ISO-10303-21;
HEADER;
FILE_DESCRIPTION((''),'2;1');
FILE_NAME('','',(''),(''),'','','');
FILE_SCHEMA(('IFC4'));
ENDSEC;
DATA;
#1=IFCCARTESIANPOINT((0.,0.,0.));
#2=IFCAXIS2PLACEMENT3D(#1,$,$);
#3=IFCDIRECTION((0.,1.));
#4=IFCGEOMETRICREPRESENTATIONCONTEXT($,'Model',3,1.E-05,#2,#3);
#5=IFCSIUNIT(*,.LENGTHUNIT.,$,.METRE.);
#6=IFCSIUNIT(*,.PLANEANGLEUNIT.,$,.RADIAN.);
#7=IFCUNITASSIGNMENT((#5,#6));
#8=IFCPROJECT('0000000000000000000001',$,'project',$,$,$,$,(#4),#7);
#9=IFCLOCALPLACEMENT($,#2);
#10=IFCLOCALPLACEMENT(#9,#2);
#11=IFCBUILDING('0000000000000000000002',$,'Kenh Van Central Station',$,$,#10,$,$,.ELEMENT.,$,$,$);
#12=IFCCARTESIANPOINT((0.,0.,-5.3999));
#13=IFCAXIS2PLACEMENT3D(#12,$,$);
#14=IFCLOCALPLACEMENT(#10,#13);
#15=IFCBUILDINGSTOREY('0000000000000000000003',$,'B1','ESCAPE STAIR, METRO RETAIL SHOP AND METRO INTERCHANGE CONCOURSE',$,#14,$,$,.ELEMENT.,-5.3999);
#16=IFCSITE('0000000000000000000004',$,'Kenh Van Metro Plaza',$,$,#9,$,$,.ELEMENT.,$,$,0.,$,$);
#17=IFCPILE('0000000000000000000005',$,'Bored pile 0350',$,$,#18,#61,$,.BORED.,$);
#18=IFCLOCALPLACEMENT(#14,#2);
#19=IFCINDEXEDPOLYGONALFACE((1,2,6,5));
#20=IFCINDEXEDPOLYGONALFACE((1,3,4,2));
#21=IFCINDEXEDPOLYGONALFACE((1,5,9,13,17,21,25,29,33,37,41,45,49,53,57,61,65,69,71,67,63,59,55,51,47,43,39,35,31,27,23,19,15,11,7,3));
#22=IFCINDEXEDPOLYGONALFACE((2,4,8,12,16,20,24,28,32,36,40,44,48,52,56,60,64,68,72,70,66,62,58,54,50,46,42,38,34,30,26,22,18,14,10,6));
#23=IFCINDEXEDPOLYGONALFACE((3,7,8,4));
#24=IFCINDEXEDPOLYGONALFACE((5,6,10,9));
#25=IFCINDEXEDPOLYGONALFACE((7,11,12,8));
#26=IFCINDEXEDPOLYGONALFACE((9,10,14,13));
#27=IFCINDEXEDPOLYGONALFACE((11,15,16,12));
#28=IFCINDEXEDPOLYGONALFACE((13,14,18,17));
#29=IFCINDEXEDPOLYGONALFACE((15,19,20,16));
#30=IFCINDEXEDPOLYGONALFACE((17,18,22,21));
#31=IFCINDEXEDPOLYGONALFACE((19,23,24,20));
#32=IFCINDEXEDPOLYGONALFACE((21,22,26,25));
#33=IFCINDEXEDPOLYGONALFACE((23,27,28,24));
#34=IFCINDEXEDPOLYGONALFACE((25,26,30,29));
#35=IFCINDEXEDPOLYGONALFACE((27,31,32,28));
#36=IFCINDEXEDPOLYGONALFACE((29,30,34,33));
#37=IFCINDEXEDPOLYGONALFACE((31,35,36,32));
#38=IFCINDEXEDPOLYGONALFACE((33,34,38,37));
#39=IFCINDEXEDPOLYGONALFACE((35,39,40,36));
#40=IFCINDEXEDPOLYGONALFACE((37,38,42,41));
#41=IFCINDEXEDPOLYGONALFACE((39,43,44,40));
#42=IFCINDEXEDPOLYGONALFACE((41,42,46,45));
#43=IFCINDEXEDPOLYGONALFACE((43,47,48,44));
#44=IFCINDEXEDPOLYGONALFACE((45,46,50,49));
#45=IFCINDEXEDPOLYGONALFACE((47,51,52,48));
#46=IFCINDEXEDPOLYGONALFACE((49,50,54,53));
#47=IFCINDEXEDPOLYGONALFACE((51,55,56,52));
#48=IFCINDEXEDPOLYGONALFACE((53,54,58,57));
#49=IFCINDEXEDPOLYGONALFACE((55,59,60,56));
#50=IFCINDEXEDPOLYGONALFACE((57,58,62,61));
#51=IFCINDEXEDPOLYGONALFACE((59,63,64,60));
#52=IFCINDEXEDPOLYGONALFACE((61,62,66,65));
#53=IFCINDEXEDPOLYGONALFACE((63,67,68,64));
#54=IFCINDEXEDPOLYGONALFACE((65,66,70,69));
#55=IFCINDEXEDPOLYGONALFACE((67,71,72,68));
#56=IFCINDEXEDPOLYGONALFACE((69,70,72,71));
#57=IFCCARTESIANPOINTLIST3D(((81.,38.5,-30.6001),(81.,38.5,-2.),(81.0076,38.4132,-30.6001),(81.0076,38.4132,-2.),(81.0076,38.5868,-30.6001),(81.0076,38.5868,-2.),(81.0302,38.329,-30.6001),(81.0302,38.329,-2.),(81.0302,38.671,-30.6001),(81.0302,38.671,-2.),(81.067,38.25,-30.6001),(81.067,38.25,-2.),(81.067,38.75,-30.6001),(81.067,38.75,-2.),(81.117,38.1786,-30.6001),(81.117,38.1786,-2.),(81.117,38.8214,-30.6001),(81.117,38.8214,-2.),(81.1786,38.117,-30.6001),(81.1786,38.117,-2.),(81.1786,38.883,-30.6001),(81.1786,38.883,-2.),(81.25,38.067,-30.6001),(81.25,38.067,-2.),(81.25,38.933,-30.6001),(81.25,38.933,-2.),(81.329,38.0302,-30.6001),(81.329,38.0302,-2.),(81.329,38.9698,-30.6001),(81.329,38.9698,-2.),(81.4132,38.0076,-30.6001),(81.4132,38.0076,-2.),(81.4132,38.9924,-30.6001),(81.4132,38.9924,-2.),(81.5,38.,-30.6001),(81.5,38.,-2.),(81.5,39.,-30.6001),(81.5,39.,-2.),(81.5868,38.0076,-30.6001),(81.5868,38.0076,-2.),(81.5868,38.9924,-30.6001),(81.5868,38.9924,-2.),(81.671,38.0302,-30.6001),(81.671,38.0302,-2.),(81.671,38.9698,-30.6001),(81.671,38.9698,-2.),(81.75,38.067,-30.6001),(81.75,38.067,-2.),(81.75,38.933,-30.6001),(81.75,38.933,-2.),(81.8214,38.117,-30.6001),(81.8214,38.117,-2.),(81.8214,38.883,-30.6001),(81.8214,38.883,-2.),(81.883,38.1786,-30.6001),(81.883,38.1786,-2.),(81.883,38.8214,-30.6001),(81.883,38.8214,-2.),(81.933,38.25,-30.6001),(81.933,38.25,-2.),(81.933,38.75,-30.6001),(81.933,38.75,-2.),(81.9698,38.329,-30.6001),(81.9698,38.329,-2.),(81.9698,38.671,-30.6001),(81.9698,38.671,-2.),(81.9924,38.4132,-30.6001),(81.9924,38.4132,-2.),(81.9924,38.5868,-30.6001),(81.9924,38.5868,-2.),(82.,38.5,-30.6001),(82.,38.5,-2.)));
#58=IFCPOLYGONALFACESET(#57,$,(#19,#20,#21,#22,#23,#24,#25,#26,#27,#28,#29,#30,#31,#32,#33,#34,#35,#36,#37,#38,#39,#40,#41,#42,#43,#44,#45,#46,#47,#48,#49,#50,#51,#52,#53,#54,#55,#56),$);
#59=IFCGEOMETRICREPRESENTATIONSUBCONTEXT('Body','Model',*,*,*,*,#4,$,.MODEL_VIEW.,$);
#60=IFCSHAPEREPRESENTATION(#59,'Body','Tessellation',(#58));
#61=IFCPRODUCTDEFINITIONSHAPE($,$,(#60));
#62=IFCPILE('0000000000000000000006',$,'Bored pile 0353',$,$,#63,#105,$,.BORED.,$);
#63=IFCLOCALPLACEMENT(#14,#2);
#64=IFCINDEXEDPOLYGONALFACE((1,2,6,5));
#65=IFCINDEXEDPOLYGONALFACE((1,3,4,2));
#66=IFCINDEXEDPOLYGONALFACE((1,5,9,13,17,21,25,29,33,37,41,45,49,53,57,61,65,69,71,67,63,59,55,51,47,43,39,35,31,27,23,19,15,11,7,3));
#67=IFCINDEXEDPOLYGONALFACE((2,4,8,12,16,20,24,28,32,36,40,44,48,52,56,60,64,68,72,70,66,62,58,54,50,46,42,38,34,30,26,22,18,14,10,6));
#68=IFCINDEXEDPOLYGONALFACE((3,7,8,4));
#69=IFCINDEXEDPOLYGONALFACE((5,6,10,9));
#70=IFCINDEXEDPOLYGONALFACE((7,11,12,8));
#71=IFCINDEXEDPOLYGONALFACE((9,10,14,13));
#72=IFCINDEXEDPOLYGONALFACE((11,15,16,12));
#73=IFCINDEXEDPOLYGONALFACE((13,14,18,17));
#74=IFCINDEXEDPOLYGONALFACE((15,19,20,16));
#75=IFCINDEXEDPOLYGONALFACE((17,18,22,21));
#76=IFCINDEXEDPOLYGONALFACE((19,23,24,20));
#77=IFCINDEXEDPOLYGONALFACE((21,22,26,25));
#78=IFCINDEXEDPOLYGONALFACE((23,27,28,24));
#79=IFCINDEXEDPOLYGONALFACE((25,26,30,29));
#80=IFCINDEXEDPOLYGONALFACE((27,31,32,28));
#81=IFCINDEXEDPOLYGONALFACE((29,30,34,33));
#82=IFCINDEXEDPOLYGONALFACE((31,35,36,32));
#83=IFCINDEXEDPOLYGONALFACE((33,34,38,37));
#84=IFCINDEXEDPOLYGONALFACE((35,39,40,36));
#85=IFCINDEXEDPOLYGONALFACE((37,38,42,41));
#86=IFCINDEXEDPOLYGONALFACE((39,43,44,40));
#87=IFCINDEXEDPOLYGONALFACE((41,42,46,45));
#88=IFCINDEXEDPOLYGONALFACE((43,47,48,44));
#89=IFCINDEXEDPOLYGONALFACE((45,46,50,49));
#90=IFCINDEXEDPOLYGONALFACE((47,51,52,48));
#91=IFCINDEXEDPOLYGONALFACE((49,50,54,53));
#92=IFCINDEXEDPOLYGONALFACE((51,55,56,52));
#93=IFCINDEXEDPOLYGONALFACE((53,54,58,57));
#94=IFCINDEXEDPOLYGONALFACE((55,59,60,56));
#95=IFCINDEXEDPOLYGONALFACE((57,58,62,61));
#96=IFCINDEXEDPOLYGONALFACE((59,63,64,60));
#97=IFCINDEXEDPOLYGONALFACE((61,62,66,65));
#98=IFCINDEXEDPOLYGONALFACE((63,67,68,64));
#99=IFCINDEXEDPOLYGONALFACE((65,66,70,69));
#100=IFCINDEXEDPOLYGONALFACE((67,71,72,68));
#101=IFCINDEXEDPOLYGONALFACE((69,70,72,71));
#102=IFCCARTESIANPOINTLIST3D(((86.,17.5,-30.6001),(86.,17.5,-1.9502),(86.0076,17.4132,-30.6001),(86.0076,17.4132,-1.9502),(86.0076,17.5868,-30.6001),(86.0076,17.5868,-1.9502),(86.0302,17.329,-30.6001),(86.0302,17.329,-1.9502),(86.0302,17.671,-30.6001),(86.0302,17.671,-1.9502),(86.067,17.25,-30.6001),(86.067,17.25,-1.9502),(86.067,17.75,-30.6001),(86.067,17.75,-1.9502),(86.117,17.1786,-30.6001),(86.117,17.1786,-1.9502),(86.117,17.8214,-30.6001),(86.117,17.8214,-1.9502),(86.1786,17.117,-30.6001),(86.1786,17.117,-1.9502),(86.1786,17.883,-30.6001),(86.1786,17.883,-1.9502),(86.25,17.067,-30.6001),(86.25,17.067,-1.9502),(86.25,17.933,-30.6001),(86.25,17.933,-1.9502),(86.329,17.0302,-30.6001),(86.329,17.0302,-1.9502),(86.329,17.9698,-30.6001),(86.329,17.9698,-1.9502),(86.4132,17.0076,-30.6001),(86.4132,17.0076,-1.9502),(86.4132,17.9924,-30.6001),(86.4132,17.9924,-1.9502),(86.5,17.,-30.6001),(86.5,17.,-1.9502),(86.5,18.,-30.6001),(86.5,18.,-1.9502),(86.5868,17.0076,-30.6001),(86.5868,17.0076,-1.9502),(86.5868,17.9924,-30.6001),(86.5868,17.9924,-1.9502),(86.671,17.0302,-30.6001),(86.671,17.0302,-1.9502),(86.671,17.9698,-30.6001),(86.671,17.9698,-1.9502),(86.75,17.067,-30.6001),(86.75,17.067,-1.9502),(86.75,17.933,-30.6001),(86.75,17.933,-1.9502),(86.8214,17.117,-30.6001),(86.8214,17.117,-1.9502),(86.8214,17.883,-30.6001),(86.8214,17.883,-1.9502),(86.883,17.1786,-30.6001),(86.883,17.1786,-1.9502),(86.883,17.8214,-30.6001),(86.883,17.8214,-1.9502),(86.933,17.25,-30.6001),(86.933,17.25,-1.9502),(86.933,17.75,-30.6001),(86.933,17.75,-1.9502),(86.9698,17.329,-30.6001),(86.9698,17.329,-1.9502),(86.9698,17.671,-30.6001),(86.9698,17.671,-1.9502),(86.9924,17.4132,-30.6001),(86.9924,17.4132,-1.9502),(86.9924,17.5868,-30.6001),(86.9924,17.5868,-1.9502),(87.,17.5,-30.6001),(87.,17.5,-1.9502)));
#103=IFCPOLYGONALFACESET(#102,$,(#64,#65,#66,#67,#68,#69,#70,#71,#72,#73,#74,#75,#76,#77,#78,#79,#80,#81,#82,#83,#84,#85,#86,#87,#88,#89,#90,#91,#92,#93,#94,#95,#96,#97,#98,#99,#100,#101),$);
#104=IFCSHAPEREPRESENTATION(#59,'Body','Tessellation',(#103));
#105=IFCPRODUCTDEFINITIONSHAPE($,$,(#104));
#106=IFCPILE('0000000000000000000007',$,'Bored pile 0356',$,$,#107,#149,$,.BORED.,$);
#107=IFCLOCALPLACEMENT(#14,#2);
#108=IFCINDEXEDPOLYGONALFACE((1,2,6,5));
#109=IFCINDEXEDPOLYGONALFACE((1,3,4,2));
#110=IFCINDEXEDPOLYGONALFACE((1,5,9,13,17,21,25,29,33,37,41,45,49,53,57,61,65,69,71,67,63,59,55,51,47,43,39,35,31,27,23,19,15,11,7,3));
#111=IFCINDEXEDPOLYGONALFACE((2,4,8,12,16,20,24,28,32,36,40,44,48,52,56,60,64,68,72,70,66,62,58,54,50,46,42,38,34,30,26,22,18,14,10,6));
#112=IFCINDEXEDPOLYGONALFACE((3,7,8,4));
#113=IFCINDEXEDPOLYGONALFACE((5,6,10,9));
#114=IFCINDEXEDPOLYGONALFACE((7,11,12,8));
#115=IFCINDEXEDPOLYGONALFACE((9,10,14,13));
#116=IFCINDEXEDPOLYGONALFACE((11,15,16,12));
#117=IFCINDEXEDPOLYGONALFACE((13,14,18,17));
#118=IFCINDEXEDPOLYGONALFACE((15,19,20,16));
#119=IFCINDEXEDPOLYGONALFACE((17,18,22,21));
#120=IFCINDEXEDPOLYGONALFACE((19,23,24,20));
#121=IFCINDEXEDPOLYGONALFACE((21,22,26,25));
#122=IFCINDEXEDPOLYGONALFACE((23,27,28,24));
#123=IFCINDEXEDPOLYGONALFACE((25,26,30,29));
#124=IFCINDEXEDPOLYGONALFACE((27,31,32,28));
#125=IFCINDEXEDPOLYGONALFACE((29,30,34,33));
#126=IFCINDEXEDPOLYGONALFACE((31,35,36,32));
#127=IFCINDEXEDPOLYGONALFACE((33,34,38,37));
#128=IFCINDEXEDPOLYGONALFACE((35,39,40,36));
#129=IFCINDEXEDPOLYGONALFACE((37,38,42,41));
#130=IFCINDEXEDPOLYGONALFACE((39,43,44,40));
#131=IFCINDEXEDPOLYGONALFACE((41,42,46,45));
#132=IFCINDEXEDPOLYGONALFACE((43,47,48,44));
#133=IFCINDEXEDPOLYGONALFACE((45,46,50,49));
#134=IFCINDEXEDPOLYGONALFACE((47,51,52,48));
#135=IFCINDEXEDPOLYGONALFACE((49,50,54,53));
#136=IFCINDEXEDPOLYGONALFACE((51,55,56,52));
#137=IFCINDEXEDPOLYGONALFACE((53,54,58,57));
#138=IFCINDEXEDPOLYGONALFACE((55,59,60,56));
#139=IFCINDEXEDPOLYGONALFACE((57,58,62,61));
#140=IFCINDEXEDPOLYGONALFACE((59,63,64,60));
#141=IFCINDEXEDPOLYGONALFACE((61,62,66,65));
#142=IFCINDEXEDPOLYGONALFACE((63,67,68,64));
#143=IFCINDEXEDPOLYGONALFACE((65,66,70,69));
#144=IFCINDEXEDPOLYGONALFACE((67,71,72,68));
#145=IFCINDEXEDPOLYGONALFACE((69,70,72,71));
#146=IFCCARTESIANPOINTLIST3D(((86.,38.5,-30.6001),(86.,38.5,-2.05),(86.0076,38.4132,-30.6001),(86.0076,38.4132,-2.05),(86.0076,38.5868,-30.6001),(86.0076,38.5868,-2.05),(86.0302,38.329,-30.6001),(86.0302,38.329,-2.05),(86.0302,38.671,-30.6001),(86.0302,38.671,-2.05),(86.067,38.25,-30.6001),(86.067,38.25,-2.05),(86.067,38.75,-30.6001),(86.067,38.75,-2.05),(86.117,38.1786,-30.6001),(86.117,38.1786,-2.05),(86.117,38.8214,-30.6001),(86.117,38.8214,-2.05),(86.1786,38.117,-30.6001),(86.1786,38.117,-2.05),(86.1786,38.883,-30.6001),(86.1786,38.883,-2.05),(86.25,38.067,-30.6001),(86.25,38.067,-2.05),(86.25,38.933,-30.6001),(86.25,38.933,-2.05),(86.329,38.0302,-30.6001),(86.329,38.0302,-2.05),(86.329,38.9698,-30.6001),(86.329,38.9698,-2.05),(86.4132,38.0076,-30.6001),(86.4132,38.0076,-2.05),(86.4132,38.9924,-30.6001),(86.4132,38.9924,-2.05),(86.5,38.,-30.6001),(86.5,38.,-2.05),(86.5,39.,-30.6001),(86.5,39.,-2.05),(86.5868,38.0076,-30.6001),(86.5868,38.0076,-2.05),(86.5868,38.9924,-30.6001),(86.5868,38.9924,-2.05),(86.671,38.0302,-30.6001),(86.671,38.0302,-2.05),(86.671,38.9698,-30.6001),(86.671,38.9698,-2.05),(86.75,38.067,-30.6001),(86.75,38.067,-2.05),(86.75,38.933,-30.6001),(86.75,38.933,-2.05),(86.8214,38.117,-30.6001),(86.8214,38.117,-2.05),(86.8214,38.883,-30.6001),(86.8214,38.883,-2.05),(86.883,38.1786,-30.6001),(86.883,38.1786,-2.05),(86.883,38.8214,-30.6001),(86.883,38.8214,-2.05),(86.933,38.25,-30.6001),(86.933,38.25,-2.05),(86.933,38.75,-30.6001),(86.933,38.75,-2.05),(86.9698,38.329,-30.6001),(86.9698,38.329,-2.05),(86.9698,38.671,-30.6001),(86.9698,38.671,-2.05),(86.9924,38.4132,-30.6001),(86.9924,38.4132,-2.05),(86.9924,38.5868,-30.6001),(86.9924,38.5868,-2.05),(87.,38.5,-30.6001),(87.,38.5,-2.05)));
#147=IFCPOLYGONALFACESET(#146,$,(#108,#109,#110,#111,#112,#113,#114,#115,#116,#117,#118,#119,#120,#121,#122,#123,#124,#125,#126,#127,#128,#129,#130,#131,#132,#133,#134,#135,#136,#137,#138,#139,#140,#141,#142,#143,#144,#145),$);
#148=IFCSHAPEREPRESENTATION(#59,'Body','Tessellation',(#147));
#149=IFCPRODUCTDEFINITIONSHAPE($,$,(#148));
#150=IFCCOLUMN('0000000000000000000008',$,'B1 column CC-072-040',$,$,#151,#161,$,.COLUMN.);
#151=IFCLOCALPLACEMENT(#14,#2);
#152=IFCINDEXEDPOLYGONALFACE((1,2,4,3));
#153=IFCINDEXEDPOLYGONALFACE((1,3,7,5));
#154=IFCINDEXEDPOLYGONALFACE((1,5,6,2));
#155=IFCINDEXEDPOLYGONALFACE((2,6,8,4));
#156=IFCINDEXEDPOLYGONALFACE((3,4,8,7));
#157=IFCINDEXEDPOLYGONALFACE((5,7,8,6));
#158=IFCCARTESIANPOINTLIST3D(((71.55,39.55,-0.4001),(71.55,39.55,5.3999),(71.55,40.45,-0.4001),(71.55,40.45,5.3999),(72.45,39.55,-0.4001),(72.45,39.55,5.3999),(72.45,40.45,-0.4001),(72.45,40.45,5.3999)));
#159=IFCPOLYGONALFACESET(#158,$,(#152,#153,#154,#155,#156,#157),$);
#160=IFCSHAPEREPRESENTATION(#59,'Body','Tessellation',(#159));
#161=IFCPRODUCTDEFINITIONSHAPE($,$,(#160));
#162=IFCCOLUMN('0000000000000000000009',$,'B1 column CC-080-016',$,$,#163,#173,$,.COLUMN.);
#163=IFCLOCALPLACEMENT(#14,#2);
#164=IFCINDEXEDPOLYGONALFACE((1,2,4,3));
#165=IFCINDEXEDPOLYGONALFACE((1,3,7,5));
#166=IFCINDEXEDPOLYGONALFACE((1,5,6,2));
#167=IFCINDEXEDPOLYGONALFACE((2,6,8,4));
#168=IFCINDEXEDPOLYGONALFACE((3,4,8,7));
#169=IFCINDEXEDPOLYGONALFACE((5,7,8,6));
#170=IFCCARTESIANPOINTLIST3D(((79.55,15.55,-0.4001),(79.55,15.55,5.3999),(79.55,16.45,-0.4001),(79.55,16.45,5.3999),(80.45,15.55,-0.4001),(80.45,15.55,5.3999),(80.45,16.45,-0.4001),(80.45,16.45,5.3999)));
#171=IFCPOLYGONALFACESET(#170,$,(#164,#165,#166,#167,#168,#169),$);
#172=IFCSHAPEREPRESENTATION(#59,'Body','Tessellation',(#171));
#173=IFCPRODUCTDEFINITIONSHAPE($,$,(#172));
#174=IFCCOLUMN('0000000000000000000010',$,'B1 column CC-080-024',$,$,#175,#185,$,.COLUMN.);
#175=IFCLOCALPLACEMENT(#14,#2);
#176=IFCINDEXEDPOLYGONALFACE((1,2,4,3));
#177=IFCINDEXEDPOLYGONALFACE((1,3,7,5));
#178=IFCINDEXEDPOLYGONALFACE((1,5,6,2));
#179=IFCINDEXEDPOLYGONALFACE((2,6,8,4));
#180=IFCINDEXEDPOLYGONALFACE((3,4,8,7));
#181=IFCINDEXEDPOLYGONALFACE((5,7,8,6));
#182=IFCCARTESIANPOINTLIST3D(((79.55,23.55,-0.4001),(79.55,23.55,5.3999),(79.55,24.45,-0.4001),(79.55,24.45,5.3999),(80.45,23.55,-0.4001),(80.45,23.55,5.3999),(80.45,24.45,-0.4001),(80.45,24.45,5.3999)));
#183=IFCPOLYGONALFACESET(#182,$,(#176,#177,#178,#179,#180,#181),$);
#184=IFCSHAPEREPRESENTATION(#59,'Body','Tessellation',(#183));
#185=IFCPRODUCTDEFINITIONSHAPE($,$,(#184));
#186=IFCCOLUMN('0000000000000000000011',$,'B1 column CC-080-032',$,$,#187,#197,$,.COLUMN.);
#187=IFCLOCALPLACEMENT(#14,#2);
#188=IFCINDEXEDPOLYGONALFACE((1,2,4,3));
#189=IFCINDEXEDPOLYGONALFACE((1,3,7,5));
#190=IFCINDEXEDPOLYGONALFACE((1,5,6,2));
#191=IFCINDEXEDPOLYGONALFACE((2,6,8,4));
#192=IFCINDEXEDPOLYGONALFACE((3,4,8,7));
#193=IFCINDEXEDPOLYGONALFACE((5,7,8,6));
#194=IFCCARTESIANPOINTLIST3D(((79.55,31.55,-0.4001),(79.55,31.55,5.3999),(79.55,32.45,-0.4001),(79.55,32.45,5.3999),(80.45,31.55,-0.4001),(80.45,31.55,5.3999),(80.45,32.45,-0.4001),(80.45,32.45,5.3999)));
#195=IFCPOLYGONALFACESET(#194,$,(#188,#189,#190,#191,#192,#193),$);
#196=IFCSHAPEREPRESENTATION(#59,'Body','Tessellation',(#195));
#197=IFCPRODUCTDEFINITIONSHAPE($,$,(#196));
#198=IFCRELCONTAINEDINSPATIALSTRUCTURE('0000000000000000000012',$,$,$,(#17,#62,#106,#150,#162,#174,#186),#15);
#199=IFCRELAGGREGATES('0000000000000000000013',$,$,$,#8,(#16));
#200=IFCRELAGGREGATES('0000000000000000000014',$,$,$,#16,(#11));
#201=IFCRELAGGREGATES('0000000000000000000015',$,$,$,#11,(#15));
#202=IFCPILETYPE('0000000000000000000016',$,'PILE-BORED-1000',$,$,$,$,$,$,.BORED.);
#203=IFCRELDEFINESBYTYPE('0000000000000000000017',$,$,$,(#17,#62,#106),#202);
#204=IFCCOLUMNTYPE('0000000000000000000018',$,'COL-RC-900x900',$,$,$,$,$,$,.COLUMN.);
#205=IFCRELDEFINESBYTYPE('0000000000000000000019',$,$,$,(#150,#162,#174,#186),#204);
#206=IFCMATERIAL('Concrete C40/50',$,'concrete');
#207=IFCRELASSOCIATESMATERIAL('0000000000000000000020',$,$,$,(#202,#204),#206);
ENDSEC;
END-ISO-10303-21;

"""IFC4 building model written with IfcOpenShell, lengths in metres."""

from ifc_helpers import new_model, si_unit, direction, frame, origin, origin_2d, place, context, subcontext, project, spatial, rectangle, circle, extrude, material, material_profile, profile_set, type_object, element, save


model = new_model("IFC4")

# Units and contexts
model_context = context("Model", 3, precision=1e-05, world=origin(), true_north=direction((0.0, 1.0)))
body_context = subcontext(model_context, "Body", "Model", "MODEL_VIEW")
ifc_project = project(units=[si_unit("LENGTHUNIT", "METRE"), si_unit("PLANEANGLEUNIT", "RADIAN")], contexts=[model_context])

# Site, building, storey
site_placement = place(None, origin())
site = spatial("IfcSite", under=ifc_project, at=site_placement, Name="Kenh Van Metro Plaza", CompositionType="ELEMENT", RefElevation=0.0)
building_placement = place(site_placement, origin())
building = spatial("IfcBuilding", under=site, at=building_placement, Name="Kenh Van Central Station", CompositionType="ELEMENT")
storey_placement = place(building_placement, frame((0.0, 0.0, -5.3999)))
storey = spatial("IfcBuildingStorey", under=building, at=storey_placement, Name="B1", Description="ESCAPE STAIR, METRO RETAIL SHOP AND METRO INTERCHANGE CONCOURSE", CompositionType="ELEMENT", Elevation=-5.3999)

# Shared definitions
ifc_material_1 = material(Name="Concrete C40/50", Category="concrete")

# Piles
ifc_material_profile_1 = material_profile(ifc_material_1, circle(Radius=0.5, at=origin_2d()), Name="PILE D1000")
ifc_profile_set_1 = profile_set([ifc_material_profile_1], Name="Concrete C40/50")
pile_type = type_object("IfcPileType", Name="PILE-BORED-1000", PredefinedType="BORED", material=ifc_profile_set_1)
for number, where, z_axis, x_axis, name in (
    (1, (81.5, 38.5, -2.0), (0.0, 0.0, -1.0), (1.0, 0.0, 0.0), "Bored pile 0350"),
):
    element("IfcPile", number, at=place(storey_placement, frame(where, z_axis=z_axis, x_axis=x_axis)), inside=storey, type_object=pile_type, Name=name, PredefinedType="BORED", context=body_context, shape_type="SweptSolid", body=[
        extrude(circle(Radius=0.5, at=origin_2d()), origin(), (0.0, 0.0, 1.0), 28.6001),
    ])
pile_1_placement = place(storey_placement, frame((86.5, 17.5, -1.9502), z_axis=(0.0, 0.0, -1.0), x_axis=(1.0, 0.0, 0.0)))
element("IfcPile", 2, at=pile_1_placement, inside=storey, type_object=pile_type, Name="Bored pile 0353", PredefinedType="BORED", context=body_context, shape_type="SweptSolid", body=[
    extrude(circle(Radius=0.5, at=origin_2d()), origin(), (0.0, 0.0, 1.0), 28.6499),
])
pile_2_placement = place(storey_placement, frame((86.5, 38.5, -2.05), z_axis=(0.0, 0.0, -1.0), x_axis=(1.0, 0.0, 0.0)))
element("IfcPile", 3, at=pile_2_placement, inside=storey, type_object=pile_type, Name="Bored pile 0356", PredefinedType="BORED", context=body_context, shape_type="SweptSolid", body=[
    extrude(circle(Radius=0.5, at=origin_2d()), origin(), (0.0, 0.0, 1.0), 28.55),
])

# Columns
ifc_material_profile_2 = material_profile(ifc_material_1, rectangle(XDim=0.8999, YDim=0.8999, at=origin_2d()), Name="RC 900x900")
ifc_profile_set_2 = profile_set([ifc_material_profile_2], Name="Concrete C40/50")
column_type = type_object("IfcColumnType", Name="COL-RC-900x900", PredefinedType="COLUMN", material=ifc_profile_set_2)
for number, where, z_axis, x_axis, name in (
    (4, (72.0, 40.0, -0.4001), (0.0, 0.0, 1.0), (1.0, 0.0, 0.0), "B1 column CC-072-040"),
    (5, (80.0, 16.0, -0.4001), (0.0, 0.0, 1.0), (1.0, 0.0, 0.0), "B1 column CC-080-016"),
    (6, (80.0, 24.0, -0.4001), (0.0, 0.0, 1.0), (1.0, 0.0, 0.0), "B1 column CC-080-024"),
    (7, (80.0, 32.0, -0.4001), (0.0, 0.0, 1.0), (1.0, 0.0, 0.0), "B1 column CC-080-032"),
):
    element("IfcColumn", number, at=place(storey_placement, frame(where, z_axis=z_axis, x_axis=x_axis)), inside=storey, type_object=column_type, Name=name, PredefinedType="COLUMN", context=body_context, shape_type="SweptSolid", body=[
        extrude(rectangle(XDim=0.8999, YDim=0.8999, at=origin_2d()), origin(), (0.0, 0.0, 1.0), 5.8),
    ])

save(model, "model.ifc")
